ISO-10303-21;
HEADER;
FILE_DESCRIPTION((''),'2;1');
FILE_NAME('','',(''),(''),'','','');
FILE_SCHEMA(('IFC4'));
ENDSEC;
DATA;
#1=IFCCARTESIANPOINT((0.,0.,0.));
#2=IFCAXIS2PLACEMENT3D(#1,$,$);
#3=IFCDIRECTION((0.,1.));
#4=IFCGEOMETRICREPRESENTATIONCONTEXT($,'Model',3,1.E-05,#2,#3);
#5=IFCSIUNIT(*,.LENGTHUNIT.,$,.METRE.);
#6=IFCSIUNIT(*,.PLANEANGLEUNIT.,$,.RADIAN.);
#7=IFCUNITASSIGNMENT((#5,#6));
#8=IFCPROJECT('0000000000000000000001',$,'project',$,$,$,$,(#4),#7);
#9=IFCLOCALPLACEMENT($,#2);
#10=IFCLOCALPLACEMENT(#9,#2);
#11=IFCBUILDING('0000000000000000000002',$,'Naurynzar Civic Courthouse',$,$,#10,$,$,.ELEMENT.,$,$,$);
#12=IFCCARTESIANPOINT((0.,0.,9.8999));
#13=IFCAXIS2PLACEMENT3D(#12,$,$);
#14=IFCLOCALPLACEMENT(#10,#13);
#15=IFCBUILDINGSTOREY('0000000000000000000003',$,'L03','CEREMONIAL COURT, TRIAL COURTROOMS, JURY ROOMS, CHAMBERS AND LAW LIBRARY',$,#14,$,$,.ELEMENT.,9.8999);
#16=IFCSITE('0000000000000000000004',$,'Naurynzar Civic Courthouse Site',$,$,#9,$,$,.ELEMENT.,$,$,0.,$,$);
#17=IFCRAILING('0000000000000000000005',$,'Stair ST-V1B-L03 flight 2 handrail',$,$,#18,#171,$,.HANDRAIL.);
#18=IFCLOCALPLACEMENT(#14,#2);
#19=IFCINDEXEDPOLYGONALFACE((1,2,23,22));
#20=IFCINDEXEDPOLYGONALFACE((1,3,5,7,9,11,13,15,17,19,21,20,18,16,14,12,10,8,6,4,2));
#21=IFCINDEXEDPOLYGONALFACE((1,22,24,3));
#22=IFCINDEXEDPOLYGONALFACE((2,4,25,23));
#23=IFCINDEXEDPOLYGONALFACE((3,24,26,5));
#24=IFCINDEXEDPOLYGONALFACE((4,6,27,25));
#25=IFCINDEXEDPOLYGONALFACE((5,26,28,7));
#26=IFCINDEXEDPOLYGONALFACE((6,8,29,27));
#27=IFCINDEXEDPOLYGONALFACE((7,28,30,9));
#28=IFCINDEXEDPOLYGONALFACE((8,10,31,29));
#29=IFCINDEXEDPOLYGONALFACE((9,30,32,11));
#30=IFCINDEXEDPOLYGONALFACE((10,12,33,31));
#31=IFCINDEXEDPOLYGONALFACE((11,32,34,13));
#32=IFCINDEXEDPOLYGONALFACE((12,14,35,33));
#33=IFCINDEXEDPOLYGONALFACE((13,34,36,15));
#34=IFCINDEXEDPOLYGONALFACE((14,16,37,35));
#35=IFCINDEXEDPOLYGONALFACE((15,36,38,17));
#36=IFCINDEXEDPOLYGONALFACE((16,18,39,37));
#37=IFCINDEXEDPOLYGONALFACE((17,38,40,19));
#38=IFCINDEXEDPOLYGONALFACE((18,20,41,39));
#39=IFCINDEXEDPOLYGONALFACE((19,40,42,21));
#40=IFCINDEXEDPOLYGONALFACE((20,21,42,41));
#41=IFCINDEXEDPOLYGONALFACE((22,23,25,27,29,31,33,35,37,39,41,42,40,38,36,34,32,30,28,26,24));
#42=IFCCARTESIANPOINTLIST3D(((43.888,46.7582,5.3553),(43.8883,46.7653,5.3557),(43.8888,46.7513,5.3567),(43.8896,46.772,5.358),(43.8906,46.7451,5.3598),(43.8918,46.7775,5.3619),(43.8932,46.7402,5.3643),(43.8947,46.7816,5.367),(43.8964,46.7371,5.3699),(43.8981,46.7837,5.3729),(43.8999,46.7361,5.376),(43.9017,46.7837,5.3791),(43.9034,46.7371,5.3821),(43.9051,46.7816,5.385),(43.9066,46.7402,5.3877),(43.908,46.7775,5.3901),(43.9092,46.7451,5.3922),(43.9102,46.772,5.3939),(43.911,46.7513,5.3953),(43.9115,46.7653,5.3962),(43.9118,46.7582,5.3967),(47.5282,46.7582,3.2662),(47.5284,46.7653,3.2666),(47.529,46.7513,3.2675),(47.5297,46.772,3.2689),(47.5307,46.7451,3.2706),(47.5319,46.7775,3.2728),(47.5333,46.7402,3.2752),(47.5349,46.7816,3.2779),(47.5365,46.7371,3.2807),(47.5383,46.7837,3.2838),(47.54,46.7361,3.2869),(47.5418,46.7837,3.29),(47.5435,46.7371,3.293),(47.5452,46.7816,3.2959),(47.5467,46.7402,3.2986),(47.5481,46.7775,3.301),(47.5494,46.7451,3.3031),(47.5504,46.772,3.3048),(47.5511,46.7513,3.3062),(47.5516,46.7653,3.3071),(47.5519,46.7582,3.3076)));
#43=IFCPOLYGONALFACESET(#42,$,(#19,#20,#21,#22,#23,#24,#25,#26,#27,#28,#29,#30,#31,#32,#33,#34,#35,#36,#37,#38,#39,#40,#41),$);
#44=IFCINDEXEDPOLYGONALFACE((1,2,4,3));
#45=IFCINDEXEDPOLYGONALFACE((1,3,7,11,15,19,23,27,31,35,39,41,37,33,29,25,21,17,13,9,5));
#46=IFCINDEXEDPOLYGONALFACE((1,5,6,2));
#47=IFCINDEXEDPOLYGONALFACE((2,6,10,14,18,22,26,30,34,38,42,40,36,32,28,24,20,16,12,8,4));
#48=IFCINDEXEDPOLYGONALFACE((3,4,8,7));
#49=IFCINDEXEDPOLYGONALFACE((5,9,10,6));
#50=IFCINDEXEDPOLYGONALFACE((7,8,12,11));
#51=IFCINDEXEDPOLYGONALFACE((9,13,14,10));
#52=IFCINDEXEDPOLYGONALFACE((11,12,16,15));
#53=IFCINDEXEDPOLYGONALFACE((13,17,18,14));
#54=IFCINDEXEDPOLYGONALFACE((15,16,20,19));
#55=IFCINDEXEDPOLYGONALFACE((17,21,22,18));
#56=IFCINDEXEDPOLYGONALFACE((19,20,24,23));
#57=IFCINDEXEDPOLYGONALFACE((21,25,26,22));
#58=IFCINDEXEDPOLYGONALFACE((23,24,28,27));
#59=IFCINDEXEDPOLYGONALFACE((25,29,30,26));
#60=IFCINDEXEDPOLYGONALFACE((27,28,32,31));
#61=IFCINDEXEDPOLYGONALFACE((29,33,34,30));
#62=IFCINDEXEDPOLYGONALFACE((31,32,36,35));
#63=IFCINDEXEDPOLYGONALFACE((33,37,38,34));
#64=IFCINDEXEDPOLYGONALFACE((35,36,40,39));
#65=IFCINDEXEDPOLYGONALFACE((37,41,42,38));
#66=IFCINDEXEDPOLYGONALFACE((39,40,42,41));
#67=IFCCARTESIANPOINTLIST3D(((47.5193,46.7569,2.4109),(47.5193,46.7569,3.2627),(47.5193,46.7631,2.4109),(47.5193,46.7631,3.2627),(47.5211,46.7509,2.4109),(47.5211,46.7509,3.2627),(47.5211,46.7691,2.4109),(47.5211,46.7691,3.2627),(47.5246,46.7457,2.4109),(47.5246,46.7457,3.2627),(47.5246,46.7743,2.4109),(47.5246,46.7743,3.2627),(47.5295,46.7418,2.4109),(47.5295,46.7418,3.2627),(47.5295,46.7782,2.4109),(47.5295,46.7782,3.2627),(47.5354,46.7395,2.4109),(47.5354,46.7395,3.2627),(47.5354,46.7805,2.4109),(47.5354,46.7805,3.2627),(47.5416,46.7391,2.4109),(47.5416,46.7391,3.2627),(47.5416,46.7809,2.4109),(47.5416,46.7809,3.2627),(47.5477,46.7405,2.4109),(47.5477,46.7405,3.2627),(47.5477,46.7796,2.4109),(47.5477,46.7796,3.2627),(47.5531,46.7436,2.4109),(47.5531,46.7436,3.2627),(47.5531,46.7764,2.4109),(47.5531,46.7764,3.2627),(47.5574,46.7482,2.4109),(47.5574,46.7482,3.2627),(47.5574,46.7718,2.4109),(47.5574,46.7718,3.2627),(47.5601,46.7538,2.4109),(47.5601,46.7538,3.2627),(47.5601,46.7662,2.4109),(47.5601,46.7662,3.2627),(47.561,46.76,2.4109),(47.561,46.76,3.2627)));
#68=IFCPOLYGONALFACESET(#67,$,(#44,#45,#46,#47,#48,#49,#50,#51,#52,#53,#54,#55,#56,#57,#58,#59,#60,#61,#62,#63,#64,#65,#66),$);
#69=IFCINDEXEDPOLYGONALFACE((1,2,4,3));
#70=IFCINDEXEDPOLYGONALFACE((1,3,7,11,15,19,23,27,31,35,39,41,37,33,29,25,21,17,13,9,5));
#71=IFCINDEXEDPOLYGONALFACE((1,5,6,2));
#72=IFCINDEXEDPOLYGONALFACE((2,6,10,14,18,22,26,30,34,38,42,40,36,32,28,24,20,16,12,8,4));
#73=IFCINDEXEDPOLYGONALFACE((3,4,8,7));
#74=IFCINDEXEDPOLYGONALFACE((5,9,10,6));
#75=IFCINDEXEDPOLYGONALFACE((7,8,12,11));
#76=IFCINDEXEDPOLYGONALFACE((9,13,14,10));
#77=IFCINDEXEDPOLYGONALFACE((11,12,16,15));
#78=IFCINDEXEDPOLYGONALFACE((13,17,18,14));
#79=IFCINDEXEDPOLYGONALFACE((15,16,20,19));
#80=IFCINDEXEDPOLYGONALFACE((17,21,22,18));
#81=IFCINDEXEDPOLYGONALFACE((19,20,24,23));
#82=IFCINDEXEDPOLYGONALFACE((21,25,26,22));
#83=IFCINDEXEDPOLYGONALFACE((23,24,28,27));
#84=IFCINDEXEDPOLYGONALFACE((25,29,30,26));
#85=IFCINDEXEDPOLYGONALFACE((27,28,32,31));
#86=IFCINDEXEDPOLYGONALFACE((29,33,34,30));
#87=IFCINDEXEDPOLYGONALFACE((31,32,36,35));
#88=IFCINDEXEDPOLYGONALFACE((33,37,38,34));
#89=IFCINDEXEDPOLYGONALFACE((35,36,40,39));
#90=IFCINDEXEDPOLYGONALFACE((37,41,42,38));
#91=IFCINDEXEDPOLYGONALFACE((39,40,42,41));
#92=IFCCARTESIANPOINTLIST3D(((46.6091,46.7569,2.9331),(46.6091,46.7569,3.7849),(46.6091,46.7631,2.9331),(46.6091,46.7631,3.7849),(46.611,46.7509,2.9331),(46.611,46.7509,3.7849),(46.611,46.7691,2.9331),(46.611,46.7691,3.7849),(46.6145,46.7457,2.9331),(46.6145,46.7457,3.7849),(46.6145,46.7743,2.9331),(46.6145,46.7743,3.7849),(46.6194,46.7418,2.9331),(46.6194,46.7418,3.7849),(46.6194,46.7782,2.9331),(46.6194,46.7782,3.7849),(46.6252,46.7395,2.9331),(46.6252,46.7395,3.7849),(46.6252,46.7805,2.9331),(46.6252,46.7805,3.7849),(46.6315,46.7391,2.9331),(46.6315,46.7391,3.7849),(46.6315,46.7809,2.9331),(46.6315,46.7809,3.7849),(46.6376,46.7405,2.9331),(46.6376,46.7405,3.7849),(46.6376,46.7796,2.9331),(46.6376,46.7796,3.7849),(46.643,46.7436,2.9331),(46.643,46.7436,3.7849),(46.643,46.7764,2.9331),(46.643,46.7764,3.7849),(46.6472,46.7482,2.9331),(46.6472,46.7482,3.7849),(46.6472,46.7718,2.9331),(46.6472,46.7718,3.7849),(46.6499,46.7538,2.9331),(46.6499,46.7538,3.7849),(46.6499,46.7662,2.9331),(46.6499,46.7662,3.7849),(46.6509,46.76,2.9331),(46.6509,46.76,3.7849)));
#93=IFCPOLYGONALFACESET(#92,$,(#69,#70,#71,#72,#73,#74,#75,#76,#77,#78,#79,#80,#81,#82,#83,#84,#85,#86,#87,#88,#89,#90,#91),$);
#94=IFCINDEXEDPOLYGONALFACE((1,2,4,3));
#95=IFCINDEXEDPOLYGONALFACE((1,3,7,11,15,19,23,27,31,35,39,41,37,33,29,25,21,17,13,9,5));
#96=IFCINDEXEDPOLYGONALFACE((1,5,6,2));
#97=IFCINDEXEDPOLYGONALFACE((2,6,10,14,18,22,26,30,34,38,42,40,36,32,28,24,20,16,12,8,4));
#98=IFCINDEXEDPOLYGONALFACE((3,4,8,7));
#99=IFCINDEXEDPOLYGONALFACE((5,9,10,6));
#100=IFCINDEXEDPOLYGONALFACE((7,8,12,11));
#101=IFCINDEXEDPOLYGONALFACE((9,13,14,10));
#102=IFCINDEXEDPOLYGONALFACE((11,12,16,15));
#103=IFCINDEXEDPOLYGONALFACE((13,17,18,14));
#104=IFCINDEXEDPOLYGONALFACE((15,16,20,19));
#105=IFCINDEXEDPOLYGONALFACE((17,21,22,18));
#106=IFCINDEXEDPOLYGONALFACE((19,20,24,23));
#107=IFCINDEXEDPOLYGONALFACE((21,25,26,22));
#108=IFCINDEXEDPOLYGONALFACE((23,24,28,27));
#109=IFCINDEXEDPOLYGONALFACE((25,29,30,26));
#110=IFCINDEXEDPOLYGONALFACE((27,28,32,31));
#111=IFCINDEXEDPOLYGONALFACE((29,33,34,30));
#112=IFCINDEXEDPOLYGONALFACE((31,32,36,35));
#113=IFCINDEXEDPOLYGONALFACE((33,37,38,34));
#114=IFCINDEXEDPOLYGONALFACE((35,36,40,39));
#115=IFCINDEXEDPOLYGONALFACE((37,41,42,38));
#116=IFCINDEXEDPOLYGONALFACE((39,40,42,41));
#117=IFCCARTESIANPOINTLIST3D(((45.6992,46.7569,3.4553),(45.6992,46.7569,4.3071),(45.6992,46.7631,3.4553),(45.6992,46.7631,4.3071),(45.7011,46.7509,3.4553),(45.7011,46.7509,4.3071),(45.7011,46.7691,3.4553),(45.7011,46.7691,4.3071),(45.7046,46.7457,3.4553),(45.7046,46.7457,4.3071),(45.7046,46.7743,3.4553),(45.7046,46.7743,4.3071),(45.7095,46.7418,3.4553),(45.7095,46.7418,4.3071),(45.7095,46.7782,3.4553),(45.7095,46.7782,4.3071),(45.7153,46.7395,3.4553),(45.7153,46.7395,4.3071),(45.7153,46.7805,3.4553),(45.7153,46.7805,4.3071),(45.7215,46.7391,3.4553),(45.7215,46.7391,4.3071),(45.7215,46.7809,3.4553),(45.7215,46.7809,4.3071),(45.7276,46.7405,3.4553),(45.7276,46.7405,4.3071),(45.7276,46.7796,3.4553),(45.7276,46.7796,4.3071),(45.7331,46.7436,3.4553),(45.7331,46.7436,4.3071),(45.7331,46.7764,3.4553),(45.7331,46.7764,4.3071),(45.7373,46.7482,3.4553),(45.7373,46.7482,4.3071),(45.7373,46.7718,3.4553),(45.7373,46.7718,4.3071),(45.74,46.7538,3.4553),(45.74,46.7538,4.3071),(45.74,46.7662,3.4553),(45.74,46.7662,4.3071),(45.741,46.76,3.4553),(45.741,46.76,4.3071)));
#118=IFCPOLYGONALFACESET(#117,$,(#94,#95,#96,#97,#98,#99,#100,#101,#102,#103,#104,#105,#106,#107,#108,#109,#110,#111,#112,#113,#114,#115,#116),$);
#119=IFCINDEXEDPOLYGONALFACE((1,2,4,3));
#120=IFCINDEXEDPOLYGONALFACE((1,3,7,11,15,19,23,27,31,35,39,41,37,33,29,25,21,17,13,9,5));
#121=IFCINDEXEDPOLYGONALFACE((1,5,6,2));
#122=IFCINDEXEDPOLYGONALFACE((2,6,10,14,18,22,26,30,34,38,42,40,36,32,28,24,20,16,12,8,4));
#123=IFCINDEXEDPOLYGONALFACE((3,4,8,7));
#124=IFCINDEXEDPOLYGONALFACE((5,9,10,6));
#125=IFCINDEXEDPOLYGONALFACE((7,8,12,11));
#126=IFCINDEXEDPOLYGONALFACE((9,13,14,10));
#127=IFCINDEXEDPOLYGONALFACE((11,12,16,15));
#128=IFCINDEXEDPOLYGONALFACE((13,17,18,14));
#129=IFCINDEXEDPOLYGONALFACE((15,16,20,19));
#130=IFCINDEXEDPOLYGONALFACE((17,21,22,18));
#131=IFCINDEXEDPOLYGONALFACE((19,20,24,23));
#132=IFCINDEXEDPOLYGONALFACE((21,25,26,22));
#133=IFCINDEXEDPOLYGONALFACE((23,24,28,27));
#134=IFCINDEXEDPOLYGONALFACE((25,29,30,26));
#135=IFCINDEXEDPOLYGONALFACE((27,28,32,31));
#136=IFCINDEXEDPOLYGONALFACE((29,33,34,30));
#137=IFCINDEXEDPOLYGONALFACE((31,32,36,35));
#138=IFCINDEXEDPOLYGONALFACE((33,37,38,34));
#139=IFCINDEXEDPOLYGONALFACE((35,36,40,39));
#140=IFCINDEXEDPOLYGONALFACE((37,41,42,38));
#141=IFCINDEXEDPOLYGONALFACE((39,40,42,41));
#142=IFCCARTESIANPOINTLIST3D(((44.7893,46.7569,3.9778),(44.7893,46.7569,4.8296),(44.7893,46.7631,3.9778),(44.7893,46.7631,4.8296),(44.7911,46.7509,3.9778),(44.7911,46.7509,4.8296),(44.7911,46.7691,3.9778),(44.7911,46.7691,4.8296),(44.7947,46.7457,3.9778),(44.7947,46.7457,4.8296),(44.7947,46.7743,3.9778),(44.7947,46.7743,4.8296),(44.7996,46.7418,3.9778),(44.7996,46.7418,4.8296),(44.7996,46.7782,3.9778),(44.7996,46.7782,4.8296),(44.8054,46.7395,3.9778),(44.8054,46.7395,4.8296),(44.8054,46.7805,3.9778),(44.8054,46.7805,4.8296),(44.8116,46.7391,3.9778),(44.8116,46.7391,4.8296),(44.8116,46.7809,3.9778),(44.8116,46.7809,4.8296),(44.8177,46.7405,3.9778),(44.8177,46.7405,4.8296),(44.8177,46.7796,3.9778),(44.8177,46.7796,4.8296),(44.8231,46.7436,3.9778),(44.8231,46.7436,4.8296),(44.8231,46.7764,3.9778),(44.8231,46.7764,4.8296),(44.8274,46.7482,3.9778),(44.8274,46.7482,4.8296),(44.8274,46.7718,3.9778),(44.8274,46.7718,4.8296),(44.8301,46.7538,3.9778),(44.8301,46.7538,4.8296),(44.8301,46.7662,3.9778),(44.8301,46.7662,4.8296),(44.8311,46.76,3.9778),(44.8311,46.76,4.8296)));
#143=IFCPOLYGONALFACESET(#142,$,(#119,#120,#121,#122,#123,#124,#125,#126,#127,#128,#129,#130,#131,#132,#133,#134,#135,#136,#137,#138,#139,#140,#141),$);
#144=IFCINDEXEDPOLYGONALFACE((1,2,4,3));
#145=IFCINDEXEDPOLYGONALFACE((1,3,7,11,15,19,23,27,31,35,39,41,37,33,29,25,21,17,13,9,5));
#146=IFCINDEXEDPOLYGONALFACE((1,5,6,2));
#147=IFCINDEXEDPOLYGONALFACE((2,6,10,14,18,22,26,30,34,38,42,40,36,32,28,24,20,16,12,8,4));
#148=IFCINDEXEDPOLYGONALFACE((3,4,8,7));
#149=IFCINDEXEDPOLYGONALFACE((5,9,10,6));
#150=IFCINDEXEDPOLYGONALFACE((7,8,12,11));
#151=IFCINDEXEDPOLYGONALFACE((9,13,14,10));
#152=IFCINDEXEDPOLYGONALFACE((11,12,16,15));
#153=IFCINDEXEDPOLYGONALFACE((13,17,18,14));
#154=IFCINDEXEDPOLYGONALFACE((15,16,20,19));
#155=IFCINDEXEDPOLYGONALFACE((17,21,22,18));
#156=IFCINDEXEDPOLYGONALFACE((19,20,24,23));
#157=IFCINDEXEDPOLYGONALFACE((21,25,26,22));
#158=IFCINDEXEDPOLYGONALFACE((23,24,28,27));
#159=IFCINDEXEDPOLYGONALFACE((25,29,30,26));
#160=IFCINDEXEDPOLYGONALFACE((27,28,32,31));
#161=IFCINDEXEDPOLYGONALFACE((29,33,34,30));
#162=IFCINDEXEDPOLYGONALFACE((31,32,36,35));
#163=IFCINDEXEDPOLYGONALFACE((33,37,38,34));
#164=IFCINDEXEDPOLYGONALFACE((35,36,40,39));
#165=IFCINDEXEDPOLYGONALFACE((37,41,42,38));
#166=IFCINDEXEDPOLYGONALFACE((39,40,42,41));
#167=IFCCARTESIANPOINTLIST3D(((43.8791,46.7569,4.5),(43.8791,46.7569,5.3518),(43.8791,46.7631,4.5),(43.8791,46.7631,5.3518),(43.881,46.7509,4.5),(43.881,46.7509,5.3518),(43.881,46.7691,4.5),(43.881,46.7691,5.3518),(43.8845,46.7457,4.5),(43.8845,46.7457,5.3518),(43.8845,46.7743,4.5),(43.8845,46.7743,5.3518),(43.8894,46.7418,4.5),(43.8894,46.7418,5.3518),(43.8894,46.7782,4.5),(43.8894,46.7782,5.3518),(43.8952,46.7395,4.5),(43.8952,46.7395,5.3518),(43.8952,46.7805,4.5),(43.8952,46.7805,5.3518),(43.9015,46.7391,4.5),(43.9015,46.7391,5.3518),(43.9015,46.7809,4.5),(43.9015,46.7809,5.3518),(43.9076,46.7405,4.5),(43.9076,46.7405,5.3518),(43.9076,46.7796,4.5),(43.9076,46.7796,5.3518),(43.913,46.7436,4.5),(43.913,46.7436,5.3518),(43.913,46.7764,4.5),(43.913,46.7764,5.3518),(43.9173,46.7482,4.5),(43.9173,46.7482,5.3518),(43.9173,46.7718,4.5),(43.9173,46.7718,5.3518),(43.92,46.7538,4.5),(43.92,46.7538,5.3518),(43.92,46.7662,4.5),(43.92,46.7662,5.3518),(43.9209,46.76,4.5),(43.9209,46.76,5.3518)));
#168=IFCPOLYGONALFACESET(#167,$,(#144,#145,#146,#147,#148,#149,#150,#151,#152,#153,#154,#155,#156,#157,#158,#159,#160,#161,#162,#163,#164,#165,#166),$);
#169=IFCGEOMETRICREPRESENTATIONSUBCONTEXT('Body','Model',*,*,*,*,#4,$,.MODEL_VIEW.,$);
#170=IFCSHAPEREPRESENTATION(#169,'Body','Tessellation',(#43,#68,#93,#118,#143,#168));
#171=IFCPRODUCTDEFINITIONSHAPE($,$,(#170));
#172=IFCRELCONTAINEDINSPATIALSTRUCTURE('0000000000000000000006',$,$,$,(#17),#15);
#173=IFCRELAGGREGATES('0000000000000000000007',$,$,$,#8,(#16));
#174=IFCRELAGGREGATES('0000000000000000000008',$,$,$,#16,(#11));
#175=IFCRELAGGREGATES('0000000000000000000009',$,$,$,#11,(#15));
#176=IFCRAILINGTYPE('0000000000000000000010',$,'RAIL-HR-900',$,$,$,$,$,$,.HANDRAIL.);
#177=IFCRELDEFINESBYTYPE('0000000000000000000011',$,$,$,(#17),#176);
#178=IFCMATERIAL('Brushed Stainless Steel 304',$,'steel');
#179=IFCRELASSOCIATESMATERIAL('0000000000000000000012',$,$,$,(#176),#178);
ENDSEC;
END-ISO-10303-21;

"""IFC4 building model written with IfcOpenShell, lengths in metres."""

from ifc_helpers import new_model, si_unit, direction, frame, origin, origin_2d, place, context, subcontext, project, spatial, circle, extrude, material, type_object, element, save


model = new_model("IFC4")

# Units and contexts
model_context = context("Model", 3, precision=1e-05, world=origin(), true_north=direction((0.0, 1.0)))
body_context = subcontext(model_context, "Body", "Model", "MODEL_VIEW")
ifc_project = project(units=[si_unit("LENGTHUNIT", "METRE"), si_unit("PLANEANGLEUNIT", "RADIAN")], contexts=[model_context])

# Site, building, storey
site_placement = place(None, origin())
site = spatial("IfcSite", under=ifc_project, at=site_placement, Name="Naurynzar Civic Courthouse Site", CompositionType="ELEMENT", RefElevation=0.0)
building_placement = place(site_placement, origin())
building = spatial("IfcBuilding", under=site, at=building_placement, Name="Naurynzar Civic Courthouse", CompositionType="ELEMENT")
storey_placement = place(building_placement, frame((0.0, 0.0, 9.8999)))
storey = spatial("IfcBuildingStorey", under=building, at=storey_placement, Name="L03", Description="CEREMONIAL COURT, TRIAL COURTROOMS, JURY ROOMS, CHAMBERS AND LAW LIBRARY", CompositionType="ELEMENT", Elevation=9.8999)

# Railing
ifc_material_1 = material(Name="Brushed Stainless Steel 304", Category="steel")
railing_type_1 = type_object("IfcRailingType", Name="RAIL-HR-900", PredefinedType="HANDRAIL", material=ifc_material_1)
railing_1_placement = place(storey_placement, frame((47.54, 46.76, 2.4109)))
element("IfcRailing", 1, at=railing_1_placement, inside=storey, type_object=railing_type_1, Name="Stair ST-V1B-L03 flight 2 handrail", PredefinedType="HANDRAIL", context=body_context, shape_type="SweptSolid", body=[
    extrude(circle(Radius=0.0239, at=origin_2d()), frame((0.0, 0.0, 0.876), z_axis=(-0.867314, 0.0, 0.497761), x_axis=(0.0, -1.0, 0.0)), (0.0, 0.0, 1.0), 4.197),
    extrude(circle(Radius=0.021, at=origin_2d()), origin(), (0.0, 0.0, 1.0), 0.8518),
    extrude(circle(Radius=0.021, at=origin_2d()), frame((-0.9102, 0.0, 0.5222)), (0.0, 0.0, 1.0), 0.8518),
    extrude(circle(Radius=0.021, at=origin_2d()), frame((-1.8201, 0.0, 1.0444)), (0.0, 0.0, 1.0), 0.8518),
    extrude(circle(Radius=0.021, at=origin_2d()), frame((-2.73, 0.0, 1.5669)), (0.0, 0.0, 1.0), 0.8518),
    extrude(circle(Radius=0.021, at=origin_2d()), frame((-3.6401, 0.0, 2.0891)), (0.0, 0.0, 1.0), 0.8518),
])

save(model, "model.ifc")
